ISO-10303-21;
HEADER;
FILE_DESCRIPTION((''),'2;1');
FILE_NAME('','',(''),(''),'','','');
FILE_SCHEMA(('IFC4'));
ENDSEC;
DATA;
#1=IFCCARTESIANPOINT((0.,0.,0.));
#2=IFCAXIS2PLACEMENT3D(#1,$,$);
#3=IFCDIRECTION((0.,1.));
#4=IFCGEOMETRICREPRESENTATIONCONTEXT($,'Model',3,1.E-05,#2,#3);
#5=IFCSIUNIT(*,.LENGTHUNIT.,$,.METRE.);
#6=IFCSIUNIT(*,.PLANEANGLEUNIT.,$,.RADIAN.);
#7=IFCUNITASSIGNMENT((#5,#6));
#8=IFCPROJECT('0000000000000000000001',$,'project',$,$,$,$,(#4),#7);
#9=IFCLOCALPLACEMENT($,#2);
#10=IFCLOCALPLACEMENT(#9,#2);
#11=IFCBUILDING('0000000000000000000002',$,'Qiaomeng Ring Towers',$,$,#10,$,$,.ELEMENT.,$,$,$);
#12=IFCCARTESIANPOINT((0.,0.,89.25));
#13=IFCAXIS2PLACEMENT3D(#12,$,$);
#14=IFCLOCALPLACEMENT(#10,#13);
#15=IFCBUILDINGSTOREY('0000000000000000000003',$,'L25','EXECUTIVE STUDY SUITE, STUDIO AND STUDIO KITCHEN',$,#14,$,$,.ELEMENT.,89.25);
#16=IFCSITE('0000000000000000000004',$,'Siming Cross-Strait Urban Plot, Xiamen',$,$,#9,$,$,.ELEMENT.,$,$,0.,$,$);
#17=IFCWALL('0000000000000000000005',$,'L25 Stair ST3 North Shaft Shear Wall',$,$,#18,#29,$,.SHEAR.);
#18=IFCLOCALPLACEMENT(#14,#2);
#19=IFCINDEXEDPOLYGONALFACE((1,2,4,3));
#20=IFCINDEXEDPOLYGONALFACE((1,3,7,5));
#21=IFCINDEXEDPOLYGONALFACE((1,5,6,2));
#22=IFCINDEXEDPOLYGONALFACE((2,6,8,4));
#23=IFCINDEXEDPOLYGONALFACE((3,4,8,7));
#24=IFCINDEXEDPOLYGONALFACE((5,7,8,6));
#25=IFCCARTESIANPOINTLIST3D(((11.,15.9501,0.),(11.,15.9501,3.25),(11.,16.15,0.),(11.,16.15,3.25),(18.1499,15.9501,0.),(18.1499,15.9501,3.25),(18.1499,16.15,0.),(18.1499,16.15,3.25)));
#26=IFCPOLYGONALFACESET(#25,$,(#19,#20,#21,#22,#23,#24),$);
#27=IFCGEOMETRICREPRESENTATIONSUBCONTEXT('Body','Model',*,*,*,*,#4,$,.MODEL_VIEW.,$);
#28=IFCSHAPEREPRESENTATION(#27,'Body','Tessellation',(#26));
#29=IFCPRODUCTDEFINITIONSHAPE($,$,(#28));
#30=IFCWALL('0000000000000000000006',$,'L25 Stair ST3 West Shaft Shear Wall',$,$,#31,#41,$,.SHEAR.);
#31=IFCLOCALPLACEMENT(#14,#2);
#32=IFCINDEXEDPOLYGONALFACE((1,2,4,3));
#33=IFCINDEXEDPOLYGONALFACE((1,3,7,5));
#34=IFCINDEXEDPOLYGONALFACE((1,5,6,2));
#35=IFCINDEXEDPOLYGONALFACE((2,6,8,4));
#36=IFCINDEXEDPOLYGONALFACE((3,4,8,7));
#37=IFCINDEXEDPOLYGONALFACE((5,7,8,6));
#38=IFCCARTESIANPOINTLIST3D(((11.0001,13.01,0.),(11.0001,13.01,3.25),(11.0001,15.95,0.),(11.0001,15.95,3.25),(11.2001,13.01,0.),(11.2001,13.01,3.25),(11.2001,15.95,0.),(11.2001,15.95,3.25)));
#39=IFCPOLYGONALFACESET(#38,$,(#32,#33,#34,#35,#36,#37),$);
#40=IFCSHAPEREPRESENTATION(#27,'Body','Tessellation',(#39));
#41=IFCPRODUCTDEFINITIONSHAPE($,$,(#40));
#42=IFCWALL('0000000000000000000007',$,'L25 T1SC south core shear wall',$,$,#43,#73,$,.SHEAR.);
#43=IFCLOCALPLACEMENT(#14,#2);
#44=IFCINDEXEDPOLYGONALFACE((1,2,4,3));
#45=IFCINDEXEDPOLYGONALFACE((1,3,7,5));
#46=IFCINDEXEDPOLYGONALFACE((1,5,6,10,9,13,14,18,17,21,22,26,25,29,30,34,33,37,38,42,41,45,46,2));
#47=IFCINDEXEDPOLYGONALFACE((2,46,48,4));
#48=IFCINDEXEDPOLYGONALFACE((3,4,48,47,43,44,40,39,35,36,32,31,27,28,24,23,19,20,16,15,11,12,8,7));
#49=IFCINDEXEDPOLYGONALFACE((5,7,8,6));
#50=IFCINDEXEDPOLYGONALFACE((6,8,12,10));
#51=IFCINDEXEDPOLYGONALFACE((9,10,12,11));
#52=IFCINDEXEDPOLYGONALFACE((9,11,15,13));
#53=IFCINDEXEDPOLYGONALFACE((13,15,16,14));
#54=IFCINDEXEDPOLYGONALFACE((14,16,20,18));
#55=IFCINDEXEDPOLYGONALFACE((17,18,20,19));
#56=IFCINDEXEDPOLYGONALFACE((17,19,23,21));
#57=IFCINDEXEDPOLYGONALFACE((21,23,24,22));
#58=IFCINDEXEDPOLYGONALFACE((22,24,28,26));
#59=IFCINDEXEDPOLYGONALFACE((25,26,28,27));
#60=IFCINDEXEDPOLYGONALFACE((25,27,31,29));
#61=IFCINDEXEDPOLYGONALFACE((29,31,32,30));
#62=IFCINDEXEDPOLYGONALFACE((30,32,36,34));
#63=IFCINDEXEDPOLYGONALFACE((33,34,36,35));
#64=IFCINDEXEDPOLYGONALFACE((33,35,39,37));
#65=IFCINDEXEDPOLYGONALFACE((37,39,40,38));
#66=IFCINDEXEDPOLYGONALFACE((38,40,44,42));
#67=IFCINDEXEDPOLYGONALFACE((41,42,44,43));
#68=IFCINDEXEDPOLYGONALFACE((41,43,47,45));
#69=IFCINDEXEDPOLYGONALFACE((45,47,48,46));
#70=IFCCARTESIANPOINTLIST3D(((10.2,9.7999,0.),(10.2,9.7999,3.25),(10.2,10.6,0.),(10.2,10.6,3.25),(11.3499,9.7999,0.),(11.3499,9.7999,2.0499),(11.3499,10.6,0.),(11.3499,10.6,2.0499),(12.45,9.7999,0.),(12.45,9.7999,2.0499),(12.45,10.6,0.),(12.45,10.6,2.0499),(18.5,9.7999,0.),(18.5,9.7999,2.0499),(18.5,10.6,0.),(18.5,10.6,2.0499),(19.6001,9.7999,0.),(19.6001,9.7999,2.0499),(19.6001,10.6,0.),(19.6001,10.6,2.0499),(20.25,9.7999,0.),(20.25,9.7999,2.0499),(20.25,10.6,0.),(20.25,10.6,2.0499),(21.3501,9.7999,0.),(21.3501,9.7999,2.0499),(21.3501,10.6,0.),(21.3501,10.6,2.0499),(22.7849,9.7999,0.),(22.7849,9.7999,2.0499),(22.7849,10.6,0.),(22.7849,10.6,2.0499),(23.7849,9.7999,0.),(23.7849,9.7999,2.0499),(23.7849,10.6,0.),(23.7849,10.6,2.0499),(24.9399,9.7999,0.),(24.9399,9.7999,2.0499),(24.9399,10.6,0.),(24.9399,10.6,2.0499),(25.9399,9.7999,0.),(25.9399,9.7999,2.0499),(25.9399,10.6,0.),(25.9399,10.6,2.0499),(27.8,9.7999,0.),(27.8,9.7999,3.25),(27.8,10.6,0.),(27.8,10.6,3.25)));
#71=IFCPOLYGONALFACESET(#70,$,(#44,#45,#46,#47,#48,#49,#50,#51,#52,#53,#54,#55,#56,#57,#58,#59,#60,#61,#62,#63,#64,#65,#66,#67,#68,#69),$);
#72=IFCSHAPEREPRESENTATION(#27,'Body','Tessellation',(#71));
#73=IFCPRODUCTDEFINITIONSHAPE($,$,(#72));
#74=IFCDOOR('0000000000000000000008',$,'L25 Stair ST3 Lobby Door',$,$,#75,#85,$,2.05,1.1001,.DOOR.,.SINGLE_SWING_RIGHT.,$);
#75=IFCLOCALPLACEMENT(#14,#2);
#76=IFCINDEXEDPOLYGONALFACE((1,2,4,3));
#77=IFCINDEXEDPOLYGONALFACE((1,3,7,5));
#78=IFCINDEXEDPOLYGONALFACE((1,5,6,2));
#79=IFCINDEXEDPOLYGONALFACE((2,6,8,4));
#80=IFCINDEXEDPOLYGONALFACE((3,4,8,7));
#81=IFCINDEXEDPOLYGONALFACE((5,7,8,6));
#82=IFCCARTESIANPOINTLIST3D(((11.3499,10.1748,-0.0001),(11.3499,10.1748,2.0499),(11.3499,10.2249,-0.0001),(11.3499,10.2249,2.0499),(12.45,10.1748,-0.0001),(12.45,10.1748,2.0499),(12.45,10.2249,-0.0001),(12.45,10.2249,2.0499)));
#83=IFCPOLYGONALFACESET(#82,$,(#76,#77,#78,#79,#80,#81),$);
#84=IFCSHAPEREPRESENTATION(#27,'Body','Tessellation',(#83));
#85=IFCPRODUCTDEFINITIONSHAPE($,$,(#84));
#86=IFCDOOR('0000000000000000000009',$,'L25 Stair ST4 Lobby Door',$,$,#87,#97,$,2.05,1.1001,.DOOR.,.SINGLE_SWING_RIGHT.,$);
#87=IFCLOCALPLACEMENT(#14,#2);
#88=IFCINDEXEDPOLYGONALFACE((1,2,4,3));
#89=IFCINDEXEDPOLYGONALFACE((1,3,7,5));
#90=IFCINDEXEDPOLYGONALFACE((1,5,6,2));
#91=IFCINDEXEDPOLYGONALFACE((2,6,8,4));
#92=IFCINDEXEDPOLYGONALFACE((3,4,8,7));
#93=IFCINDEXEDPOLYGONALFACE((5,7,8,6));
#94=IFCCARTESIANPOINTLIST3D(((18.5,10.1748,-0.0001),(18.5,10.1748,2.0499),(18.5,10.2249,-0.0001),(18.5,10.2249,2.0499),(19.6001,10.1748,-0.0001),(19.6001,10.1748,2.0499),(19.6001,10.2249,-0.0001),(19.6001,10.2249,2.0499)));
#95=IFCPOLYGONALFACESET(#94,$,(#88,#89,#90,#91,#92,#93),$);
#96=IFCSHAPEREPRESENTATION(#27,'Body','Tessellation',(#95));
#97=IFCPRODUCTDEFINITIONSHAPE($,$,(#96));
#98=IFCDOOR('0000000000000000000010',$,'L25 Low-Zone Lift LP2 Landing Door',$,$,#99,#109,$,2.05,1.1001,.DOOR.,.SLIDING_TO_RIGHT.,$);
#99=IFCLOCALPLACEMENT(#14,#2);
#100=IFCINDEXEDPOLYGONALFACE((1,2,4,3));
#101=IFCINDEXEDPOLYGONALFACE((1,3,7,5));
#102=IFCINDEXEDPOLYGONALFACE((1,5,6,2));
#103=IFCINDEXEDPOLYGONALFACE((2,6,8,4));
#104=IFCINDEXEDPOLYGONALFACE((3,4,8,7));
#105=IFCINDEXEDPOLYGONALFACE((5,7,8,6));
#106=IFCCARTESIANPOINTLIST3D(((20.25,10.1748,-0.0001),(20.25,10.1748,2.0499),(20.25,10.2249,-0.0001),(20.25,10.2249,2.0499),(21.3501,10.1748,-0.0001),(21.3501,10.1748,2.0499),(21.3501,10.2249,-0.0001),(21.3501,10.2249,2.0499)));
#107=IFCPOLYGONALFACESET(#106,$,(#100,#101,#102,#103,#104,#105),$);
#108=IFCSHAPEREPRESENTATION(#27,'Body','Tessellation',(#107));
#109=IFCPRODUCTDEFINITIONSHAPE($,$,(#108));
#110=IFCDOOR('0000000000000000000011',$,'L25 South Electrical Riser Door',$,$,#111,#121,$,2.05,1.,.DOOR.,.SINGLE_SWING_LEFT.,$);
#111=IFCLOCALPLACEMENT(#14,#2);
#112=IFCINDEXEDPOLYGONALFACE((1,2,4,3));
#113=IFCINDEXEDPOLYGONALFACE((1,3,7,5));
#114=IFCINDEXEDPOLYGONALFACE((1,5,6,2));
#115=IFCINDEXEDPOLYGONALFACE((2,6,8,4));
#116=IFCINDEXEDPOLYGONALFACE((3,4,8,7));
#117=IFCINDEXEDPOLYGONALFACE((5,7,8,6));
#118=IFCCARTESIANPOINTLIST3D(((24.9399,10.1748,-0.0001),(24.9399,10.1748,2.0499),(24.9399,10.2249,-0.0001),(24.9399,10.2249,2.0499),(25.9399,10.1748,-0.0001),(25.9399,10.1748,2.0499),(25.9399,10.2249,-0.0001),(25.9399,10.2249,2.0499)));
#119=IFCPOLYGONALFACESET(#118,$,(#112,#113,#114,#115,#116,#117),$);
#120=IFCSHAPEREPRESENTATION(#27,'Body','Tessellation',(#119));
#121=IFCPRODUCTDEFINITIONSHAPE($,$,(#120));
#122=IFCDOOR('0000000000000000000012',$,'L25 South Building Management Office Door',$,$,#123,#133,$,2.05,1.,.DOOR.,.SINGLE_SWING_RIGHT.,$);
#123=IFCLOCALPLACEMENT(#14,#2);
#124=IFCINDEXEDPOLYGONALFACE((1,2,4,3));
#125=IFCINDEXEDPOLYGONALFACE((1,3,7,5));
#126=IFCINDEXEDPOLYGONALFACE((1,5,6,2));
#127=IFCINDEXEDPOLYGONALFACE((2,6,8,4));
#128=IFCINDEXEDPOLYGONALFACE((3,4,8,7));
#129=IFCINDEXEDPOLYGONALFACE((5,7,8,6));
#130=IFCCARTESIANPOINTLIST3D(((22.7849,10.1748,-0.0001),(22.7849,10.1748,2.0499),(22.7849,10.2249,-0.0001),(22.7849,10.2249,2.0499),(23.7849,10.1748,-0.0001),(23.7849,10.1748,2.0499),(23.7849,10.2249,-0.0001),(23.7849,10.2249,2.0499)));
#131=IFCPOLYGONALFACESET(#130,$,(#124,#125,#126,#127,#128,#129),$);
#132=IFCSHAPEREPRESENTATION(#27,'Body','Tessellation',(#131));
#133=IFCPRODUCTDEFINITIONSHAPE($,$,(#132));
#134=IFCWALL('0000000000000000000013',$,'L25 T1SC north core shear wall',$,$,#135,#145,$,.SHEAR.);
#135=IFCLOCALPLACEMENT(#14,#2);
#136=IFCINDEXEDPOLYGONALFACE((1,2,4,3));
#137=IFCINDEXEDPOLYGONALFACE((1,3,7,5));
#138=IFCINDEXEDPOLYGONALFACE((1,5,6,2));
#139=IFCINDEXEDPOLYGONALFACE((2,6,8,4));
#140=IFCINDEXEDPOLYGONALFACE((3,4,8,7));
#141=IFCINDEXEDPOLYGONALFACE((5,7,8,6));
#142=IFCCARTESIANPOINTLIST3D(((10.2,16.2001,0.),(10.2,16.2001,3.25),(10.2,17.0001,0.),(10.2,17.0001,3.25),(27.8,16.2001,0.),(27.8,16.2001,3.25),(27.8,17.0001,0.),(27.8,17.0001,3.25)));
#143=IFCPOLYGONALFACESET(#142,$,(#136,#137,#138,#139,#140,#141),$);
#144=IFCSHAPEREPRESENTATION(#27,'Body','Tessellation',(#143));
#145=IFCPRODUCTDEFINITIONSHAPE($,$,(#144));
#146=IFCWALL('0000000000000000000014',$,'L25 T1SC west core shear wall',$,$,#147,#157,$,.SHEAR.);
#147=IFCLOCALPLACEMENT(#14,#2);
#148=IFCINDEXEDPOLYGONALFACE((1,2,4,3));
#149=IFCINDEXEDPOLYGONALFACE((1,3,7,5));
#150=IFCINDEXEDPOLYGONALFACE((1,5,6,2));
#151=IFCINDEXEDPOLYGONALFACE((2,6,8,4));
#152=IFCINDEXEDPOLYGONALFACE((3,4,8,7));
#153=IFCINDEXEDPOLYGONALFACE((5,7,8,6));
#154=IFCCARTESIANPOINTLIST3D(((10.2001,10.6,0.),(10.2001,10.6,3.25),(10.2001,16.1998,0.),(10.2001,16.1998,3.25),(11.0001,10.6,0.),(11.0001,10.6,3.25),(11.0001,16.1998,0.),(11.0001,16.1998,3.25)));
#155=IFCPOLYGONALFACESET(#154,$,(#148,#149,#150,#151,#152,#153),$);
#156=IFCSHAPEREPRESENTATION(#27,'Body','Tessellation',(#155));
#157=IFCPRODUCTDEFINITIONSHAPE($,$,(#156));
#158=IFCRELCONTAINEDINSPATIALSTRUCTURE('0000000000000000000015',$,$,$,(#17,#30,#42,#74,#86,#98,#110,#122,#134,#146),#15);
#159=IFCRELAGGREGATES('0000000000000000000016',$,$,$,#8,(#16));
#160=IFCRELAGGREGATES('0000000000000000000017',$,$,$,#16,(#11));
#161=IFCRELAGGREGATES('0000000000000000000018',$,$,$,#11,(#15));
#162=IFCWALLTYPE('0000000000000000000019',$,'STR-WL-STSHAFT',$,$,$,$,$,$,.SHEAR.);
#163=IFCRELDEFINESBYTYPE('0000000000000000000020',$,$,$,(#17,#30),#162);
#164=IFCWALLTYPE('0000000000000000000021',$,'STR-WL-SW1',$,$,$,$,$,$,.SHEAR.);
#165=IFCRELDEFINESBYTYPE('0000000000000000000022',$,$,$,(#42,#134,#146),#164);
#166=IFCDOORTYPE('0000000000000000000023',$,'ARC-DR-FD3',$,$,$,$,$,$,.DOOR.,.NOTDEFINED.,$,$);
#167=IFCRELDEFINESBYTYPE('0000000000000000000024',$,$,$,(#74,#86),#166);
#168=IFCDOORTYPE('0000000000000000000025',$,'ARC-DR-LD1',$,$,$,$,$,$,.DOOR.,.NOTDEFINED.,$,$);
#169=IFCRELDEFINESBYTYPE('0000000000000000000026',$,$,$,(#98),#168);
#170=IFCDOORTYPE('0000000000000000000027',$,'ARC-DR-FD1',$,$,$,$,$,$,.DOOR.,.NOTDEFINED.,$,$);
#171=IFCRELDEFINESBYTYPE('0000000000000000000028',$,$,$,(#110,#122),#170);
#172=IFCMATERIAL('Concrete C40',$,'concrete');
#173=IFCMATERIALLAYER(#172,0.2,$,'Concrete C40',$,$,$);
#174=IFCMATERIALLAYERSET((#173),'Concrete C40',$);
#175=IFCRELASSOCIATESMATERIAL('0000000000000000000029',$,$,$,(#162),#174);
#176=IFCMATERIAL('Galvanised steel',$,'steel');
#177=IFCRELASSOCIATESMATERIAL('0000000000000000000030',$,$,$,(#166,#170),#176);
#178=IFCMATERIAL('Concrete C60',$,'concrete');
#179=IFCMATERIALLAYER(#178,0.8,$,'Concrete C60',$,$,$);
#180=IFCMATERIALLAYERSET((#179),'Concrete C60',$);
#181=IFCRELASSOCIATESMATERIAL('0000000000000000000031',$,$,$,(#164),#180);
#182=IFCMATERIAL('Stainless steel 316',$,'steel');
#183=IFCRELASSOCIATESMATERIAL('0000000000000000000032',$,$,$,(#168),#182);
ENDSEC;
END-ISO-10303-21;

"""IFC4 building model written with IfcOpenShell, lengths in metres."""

from ifc_helpers import new_model, si_unit, direction, frame, frame_2d, origin, place, context, subcontext, project, spatial, rectangle, extrude, source, transform, mapped, material, layer, layer_set, type_object, element, fill, save


model = new_model("IFC4")

# Units and contexts
model_context = context("Model", 3, precision=1e-05, world=origin(), true_north=direction((0.0, 1.0)))
body_context = subcontext(model_context, "Body", "Model", "MODEL_VIEW")
ifc_project = project(units=[si_unit("LENGTHUNIT", "METRE"), si_unit("PLANEANGLEUNIT", "RADIAN")], contexts=[model_context])

# Site, building, storey
site_placement = place(None, origin())
site = spatial("IfcSite", under=ifc_project, at=site_placement, Name="Siming Cross-Strait Urban Plot, Xiamen", CompositionType="ELEMENT", RefElevation=0.0)
building_placement = place(site_placement, origin())
building = spatial("IfcBuilding", under=site, at=building_placement, Name="Qiaomeng Ring Towers", CompositionType="ELEMENT")
storey_placement = place(building_placement, frame((0.0, 0.0, 89.25)))
storey = spatial("IfcBuildingStorey", under=building, at=storey_placement, Name="L25", Description="EXECUTIVE STUDY SUITE, STUDIO AND STUDIO KITCHEN", CompositionType="ELEMENT", Elevation=89.25)

# Shared definitions
shared_shape_1 = source(origin(), body_context, "Body", "SweptSolid", [
    extrude(rectangle(XDim=1.0, YDim=2.05, at=frame_2d((0.5, 1.0249))), frame((0.0, 0.0249, 0.0), z_axis=(0.0, -1.0, 0.0), x_axis=(1.0, 0.0, 0.0)), (0.0, 0.0, 1.0), 0.05),
])

# Shared definitions
ifc_material_1 = material(Name="Concrete C40", Category="concrete")
ifc_layer_1 = layer(ifc_material_1, 0.2, Name="Concrete C40")
ifc_layer_set_1 = layer_set([ifc_layer_1], Name="Concrete C40")
wall_type_1 = type_object("IfcWallType", Name="STR-WL-STSHAFT", PredefinedType="SHEAR", material=ifc_layer_set_1)
ifc_material_2 = material(Name="Galvanised steel", Category="steel")
door_type_1 = type_object("IfcDoorType", Name="ARC-DR-FD3", OperationType="NOTDEFINED", PredefinedType="DOOR", material=ifc_material_2)
shared_shape_2 = source(origin(), body_context, "Body", "SweptSolid", [
    extrude(rectangle(XDim=1.1001, YDim=2.05, at=frame_2d((0.55, 1.0249))), frame((0.0, 0.0249, 0.0), z_axis=(0.0, -1.0, 0.0), x_axis=(1.0, 0.0, 0.0)), (0.0, 0.0, 1.0), 0.05),
])

# Walls
wall_1_placement = place(storey_placement, frame((11.0, 16.05, 0.0), z_axis=(0.0, 0.0, 1.0), x_axis=(1.0, 0.0, 0.0)))
element("IfcWall", 1, at=wall_1_placement, inside=storey, type_object=wall_type_1, Name="L25 Stair ST3 North Shaft Shear Wall", PredefinedType="SHEAR", context=body_context, shape_type="SweptSolid", body=[
    extrude(rectangle(XDim=7.1499, YDim=0.2, at=frame_2d((3.575, 0.0))), origin(), (0.0, 0.0, 1.0), 3.25),
])
wall_2_placement = place(storey_placement, frame((11.1001, 13.01, 0.0), z_axis=(0.0, 0.0, 1.0), x_axis=(0.0, 1.0, 0.0)))
element("IfcWall", 2, at=wall_2_placement, inside=storey, type_object=wall_type_1, Name="L25 Stair ST3 West Shaft Shear Wall", PredefinedType="SHEAR", context=body_context, shape_type="SweptSolid", body=[
    extrude(rectangle(XDim=2.9399, YDim=0.2, at=frame_2d((1.47, 0.0))), origin(), (0.0, 0.0, 1.0), 3.25),
])

# Wall, openings, doors
ifc_material_3 = material(Name="Concrete C60", Category="concrete")
ifc_layer_2 = layer(ifc_material_3, 0.8, Name="Concrete C60")
ifc_layer_set_2 = layer_set([ifc_layer_2], Name="Concrete C60")
wall_type_2 = type_object("IfcWallType", Name="STR-WL-SW1", PredefinedType="SHEAR", material=ifc_layer_set_2)
wall_3_placement = place(storey_placement, frame((10.2, 10.2, 0.0), z_axis=(0.0, 0.0, 1.0), x_axis=(1.0, 0.0, 0.0)))
wall_3 = element("IfcWall", 3, at=wall_3_placement, inside=storey, type_object=wall_type_2, Name="L25 T1SC south core shear wall", PredefinedType="SHEAR", context=body_context, shape_type="SweptSolid", body=[
    extrude(rectangle(XDim=17.6001, YDim=0.8, at=frame_2d((8.8, 0.0))), origin(), (0.0, 0.0, 1.0), 3.25),
])
opening_1_placement = place(wall_3_placement, frame((1.1499, 0.0, 0.0)))
opening_1 = element("IfcOpeningElement", 4, at=opening_1_placement, cuts=wall_3, PredefinedType="OPENING", context=body_context, shape_type="SweptSolid", body=[
    extrude(rectangle(XDim=1.1001, YDim=2.05, at=frame_2d((0.55, 1.0249))), frame((0.0, 0.4099, 0.0), z_axis=(0.0, -1.0, 0.0), x_axis=(1.0, 0.0, 0.0)), (0.0, 0.0, 1.0), 0.8201),
])
opening_2_placement = place(wall_3_placement, frame((8.3, 0.0, 0.0)))
opening_2 = element("IfcOpeningElement", 5, at=opening_2_placement, cuts=wall_3, PredefinedType="OPENING", context=body_context, shape_type="SweptSolid", body=[
    extrude(rectangle(XDim=1.1001, YDim=2.05, at=frame_2d((0.55, 1.0249))), frame((0.0, 0.4099, 0.0), z_axis=(0.0, -1.0, 0.0), x_axis=(1.0, 0.0, 0.0)), (0.0, 0.0, 1.0), 0.8201),
])
opening_3_placement = place(wall_3_placement, frame((10.05, 0.0, 0.0)))
opening_3 = element("IfcOpeningElement", 6, at=opening_3_placement, cuts=wall_3, PredefinedType="OPENING", context=body_context, shape_type="SweptSolid", body=[
    extrude(rectangle(XDim=1.1001, YDim=2.05, at=frame_2d((0.55, 1.0249))), frame((0.0, 0.4099, 0.0), z_axis=(0.0, -1.0, 0.0), x_axis=(1.0, 0.0, 0.0)), (0.0, 0.0, 1.0), 0.8201),
])
opening_4_placement = place(wall_3_placement, frame((14.74, 0.0, 0.0)))
opening_4 = element("IfcOpeningElement", 7, at=opening_4_placement, cuts=wall_3, PredefinedType="OPENING", context=body_context, shape_type="SweptSolid", body=[
    extrude(rectangle(XDim=1.0, YDim=2.05, at=frame_2d((0.5, 1.0249))), frame((0.0, 0.4099, 0.0), z_axis=(0.0, -1.0, 0.0), x_axis=(1.0, 0.0, 0.0)), (0.0, 0.0, 1.0), 0.8201),
])
opening_5_placement = place(wall_3_placement, frame((12.585, 0.0, 0.0)))
opening_5 = element("IfcOpeningElement", 8, at=opening_5_placement, cuts=wall_3, PredefinedType="OPENING", context=body_context, shape_type="SweptSolid", body=[
    extrude(rectangle(XDim=1.0, YDim=2.05, at=frame_2d((0.5, 1.0249))), frame((0.0, 0.4099, 0.0), z_axis=(0.0, -1.0, 0.0), x_axis=(1.0, 0.0, 0.0)), (0.0, 0.0, 1.0), 0.8201),
])
door_1_placement = place(opening_1_placement, origin())
door_1 = element("IfcDoor", 9, at=door_1_placement, inside=storey, type_object=door_type_1, Name="L25 Stair ST3 Lobby Door", OperationType="SINGLE_SWING_RIGHT", OverallHeight=2.05, OverallWidth=1.1001, PredefinedType="DOOR", context=body_context, shape_type="MappedRepresentation", body=[
    mapped(shared_shape_2, transform((0.0, 0.0, 0.0), x_axis=(1.0, 0.0, 0.0), y_axis=(0.0, 1.0, 0.0), z_axis=(0.0, 0.0, 1.0), scale=1.0)),
])
fill(opening_1, door_1)
door_2_placement = place(opening_2_placement, origin())
door_2 = element("IfcDoor", 10, at=door_2_placement, inside=storey, type_object=door_type_1, Name="L25 Stair ST4 Lobby Door", OperationType="SINGLE_SWING_RIGHT", OverallHeight=2.05, OverallWidth=1.1001, PredefinedType="DOOR", context=body_context, shape_type="MappedRepresentation", body=[
    mapped(shared_shape_2, transform((0.0, 0.0, 0.0), x_axis=(1.0, 0.0, 0.0), y_axis=(0.0, 1.0, 0.0), z_axis=(0.0, 0.0, 1.0), scale=1.0)),
])
fill(opening_2, door_2)
ifc_material_4 = material(Name="Stainless steel 316", Category="steel")
door_type_2 = type_object("IfcDoorType", Name="ARC-DR-LD1", OperationType="NOTDEFINED", PredefinedType="DOOR", material=ifc_material_4)
door_3_placement = place(opening_3_placement, origin())
door_3 = element("IfcDoor", 11, at=door_3_placement, inside=storey, type_object=door_type_2, Name="L25 Low-Zone Lift LP2 Landing Door", OperationType="SLIDING_TO_RIGHT", OverallHeight=2.05, OverallWidth=1.1001, PredefinedType="DOOR", context=body_context, shape_type="MappedRepresentation", body=[
    mapped(shared_shape_2, transform((0.0, 0.0, 0.0), x_axis=(1.0, 0.0, 0.0), y_axis=(0.0, 1.0, 0.0), z_axis=(0.0, 0.0, 1.0), scale=1.0)),
])
fill(opening_3, door_3)
door_type_3 = type_object("IfcDoorType", Name="ARC-DR-FD1", OperationType="NOTDEFINED", PredefinedType="DOOR", material=ifc_material_2)
door_4_placement = place(opening_4_placement, origin())
door_4 = element("IfcDoor", 12, at=door_4_placement, inside=storey, type_object=door_type_3, Name="L25 South Electrical Riser Door", OperationType="SINGLE_SWING_LEFT", OverallHeight=2.05, OverallWidth=1.0, PredefinedType="DOOR", context=body_context, shape_type="MappedRepresentation", body=[
    mapped(shared_shape_1, transform((0.0, 0.0, 0.0), x_axis=(1.0, 0.0, 0.0), y_axis=(0.0, 1.0, 0.0), z_axis=(0.0, 0.0, 1.0), scale=1.0)),
])
fill(opening_4, door_4)
door_5_placement = place(opening_5_placement, origin())
door_5 = element("IfcDoor", 13, at=door_5_placement, inside=storey, type_object=door_type_3, Name="L25 South Building Management Office Door", OperationType="SINGLE_SWING_RIGHT", OverallHeight=2.05, OverallWidth=1.0, PredefinedType="DOOR", context=body_context, shape_type="MappedRepresentation", body=[
    mapped(shared_shape_1, transform((0.0, 0.0, 0.0), x_axis=(1.0, 0.0, 0.0), y_axis=(0.0, 1.0, 0.0), z_axis=(0.0, 0.0, 1.0), scale=1.0)),
])
fill(opening_5, door_5)

# Walls
wall_4_placement = place(storey_placement, frame((10.2, 16.6001, 0.0), z_axis=(0.0, 0.0, 1.0), x_axis=(1.0, 0.0, 0.0)))
element("IfcWall", 14, at=wall_4_placement, inside=storey, type_object=wall_type_2, Name="L25 T1SC north core shear wall", PredefinedType="SHEAR", context=body_context, shape_type="SweptSolid", body=[
    extrude(rectangle(XDim=17.6001, YDim=0.8, at=frame_2d((8.8, 0.0))), origin(), (0.0, 0.0, 1.0), 3.25),
])
wall_5_placement = place(storey_placement, frame((10.6001, 10.6001, 0.0), z_axis=(0.0, 0.0, 1.0), x_axis=(0.0, 1.0, 0.0)))
element("IfcWall", 15, at=wall_5_placement, inside=storey, type_object=wall_type_2, Name="L25 T1SC west core shear wall", PredefinedType="SHEAR", context=body_context, shape_type="SweptSolid", body=[
    extrude(rectangle(XDim=5.5999, YDim=0.8, at=frame_2d((2.7998, 0.0))), origin(), (0.0, 0.0, 1.0), 3.25),
])

save(model, "model.ifc")
